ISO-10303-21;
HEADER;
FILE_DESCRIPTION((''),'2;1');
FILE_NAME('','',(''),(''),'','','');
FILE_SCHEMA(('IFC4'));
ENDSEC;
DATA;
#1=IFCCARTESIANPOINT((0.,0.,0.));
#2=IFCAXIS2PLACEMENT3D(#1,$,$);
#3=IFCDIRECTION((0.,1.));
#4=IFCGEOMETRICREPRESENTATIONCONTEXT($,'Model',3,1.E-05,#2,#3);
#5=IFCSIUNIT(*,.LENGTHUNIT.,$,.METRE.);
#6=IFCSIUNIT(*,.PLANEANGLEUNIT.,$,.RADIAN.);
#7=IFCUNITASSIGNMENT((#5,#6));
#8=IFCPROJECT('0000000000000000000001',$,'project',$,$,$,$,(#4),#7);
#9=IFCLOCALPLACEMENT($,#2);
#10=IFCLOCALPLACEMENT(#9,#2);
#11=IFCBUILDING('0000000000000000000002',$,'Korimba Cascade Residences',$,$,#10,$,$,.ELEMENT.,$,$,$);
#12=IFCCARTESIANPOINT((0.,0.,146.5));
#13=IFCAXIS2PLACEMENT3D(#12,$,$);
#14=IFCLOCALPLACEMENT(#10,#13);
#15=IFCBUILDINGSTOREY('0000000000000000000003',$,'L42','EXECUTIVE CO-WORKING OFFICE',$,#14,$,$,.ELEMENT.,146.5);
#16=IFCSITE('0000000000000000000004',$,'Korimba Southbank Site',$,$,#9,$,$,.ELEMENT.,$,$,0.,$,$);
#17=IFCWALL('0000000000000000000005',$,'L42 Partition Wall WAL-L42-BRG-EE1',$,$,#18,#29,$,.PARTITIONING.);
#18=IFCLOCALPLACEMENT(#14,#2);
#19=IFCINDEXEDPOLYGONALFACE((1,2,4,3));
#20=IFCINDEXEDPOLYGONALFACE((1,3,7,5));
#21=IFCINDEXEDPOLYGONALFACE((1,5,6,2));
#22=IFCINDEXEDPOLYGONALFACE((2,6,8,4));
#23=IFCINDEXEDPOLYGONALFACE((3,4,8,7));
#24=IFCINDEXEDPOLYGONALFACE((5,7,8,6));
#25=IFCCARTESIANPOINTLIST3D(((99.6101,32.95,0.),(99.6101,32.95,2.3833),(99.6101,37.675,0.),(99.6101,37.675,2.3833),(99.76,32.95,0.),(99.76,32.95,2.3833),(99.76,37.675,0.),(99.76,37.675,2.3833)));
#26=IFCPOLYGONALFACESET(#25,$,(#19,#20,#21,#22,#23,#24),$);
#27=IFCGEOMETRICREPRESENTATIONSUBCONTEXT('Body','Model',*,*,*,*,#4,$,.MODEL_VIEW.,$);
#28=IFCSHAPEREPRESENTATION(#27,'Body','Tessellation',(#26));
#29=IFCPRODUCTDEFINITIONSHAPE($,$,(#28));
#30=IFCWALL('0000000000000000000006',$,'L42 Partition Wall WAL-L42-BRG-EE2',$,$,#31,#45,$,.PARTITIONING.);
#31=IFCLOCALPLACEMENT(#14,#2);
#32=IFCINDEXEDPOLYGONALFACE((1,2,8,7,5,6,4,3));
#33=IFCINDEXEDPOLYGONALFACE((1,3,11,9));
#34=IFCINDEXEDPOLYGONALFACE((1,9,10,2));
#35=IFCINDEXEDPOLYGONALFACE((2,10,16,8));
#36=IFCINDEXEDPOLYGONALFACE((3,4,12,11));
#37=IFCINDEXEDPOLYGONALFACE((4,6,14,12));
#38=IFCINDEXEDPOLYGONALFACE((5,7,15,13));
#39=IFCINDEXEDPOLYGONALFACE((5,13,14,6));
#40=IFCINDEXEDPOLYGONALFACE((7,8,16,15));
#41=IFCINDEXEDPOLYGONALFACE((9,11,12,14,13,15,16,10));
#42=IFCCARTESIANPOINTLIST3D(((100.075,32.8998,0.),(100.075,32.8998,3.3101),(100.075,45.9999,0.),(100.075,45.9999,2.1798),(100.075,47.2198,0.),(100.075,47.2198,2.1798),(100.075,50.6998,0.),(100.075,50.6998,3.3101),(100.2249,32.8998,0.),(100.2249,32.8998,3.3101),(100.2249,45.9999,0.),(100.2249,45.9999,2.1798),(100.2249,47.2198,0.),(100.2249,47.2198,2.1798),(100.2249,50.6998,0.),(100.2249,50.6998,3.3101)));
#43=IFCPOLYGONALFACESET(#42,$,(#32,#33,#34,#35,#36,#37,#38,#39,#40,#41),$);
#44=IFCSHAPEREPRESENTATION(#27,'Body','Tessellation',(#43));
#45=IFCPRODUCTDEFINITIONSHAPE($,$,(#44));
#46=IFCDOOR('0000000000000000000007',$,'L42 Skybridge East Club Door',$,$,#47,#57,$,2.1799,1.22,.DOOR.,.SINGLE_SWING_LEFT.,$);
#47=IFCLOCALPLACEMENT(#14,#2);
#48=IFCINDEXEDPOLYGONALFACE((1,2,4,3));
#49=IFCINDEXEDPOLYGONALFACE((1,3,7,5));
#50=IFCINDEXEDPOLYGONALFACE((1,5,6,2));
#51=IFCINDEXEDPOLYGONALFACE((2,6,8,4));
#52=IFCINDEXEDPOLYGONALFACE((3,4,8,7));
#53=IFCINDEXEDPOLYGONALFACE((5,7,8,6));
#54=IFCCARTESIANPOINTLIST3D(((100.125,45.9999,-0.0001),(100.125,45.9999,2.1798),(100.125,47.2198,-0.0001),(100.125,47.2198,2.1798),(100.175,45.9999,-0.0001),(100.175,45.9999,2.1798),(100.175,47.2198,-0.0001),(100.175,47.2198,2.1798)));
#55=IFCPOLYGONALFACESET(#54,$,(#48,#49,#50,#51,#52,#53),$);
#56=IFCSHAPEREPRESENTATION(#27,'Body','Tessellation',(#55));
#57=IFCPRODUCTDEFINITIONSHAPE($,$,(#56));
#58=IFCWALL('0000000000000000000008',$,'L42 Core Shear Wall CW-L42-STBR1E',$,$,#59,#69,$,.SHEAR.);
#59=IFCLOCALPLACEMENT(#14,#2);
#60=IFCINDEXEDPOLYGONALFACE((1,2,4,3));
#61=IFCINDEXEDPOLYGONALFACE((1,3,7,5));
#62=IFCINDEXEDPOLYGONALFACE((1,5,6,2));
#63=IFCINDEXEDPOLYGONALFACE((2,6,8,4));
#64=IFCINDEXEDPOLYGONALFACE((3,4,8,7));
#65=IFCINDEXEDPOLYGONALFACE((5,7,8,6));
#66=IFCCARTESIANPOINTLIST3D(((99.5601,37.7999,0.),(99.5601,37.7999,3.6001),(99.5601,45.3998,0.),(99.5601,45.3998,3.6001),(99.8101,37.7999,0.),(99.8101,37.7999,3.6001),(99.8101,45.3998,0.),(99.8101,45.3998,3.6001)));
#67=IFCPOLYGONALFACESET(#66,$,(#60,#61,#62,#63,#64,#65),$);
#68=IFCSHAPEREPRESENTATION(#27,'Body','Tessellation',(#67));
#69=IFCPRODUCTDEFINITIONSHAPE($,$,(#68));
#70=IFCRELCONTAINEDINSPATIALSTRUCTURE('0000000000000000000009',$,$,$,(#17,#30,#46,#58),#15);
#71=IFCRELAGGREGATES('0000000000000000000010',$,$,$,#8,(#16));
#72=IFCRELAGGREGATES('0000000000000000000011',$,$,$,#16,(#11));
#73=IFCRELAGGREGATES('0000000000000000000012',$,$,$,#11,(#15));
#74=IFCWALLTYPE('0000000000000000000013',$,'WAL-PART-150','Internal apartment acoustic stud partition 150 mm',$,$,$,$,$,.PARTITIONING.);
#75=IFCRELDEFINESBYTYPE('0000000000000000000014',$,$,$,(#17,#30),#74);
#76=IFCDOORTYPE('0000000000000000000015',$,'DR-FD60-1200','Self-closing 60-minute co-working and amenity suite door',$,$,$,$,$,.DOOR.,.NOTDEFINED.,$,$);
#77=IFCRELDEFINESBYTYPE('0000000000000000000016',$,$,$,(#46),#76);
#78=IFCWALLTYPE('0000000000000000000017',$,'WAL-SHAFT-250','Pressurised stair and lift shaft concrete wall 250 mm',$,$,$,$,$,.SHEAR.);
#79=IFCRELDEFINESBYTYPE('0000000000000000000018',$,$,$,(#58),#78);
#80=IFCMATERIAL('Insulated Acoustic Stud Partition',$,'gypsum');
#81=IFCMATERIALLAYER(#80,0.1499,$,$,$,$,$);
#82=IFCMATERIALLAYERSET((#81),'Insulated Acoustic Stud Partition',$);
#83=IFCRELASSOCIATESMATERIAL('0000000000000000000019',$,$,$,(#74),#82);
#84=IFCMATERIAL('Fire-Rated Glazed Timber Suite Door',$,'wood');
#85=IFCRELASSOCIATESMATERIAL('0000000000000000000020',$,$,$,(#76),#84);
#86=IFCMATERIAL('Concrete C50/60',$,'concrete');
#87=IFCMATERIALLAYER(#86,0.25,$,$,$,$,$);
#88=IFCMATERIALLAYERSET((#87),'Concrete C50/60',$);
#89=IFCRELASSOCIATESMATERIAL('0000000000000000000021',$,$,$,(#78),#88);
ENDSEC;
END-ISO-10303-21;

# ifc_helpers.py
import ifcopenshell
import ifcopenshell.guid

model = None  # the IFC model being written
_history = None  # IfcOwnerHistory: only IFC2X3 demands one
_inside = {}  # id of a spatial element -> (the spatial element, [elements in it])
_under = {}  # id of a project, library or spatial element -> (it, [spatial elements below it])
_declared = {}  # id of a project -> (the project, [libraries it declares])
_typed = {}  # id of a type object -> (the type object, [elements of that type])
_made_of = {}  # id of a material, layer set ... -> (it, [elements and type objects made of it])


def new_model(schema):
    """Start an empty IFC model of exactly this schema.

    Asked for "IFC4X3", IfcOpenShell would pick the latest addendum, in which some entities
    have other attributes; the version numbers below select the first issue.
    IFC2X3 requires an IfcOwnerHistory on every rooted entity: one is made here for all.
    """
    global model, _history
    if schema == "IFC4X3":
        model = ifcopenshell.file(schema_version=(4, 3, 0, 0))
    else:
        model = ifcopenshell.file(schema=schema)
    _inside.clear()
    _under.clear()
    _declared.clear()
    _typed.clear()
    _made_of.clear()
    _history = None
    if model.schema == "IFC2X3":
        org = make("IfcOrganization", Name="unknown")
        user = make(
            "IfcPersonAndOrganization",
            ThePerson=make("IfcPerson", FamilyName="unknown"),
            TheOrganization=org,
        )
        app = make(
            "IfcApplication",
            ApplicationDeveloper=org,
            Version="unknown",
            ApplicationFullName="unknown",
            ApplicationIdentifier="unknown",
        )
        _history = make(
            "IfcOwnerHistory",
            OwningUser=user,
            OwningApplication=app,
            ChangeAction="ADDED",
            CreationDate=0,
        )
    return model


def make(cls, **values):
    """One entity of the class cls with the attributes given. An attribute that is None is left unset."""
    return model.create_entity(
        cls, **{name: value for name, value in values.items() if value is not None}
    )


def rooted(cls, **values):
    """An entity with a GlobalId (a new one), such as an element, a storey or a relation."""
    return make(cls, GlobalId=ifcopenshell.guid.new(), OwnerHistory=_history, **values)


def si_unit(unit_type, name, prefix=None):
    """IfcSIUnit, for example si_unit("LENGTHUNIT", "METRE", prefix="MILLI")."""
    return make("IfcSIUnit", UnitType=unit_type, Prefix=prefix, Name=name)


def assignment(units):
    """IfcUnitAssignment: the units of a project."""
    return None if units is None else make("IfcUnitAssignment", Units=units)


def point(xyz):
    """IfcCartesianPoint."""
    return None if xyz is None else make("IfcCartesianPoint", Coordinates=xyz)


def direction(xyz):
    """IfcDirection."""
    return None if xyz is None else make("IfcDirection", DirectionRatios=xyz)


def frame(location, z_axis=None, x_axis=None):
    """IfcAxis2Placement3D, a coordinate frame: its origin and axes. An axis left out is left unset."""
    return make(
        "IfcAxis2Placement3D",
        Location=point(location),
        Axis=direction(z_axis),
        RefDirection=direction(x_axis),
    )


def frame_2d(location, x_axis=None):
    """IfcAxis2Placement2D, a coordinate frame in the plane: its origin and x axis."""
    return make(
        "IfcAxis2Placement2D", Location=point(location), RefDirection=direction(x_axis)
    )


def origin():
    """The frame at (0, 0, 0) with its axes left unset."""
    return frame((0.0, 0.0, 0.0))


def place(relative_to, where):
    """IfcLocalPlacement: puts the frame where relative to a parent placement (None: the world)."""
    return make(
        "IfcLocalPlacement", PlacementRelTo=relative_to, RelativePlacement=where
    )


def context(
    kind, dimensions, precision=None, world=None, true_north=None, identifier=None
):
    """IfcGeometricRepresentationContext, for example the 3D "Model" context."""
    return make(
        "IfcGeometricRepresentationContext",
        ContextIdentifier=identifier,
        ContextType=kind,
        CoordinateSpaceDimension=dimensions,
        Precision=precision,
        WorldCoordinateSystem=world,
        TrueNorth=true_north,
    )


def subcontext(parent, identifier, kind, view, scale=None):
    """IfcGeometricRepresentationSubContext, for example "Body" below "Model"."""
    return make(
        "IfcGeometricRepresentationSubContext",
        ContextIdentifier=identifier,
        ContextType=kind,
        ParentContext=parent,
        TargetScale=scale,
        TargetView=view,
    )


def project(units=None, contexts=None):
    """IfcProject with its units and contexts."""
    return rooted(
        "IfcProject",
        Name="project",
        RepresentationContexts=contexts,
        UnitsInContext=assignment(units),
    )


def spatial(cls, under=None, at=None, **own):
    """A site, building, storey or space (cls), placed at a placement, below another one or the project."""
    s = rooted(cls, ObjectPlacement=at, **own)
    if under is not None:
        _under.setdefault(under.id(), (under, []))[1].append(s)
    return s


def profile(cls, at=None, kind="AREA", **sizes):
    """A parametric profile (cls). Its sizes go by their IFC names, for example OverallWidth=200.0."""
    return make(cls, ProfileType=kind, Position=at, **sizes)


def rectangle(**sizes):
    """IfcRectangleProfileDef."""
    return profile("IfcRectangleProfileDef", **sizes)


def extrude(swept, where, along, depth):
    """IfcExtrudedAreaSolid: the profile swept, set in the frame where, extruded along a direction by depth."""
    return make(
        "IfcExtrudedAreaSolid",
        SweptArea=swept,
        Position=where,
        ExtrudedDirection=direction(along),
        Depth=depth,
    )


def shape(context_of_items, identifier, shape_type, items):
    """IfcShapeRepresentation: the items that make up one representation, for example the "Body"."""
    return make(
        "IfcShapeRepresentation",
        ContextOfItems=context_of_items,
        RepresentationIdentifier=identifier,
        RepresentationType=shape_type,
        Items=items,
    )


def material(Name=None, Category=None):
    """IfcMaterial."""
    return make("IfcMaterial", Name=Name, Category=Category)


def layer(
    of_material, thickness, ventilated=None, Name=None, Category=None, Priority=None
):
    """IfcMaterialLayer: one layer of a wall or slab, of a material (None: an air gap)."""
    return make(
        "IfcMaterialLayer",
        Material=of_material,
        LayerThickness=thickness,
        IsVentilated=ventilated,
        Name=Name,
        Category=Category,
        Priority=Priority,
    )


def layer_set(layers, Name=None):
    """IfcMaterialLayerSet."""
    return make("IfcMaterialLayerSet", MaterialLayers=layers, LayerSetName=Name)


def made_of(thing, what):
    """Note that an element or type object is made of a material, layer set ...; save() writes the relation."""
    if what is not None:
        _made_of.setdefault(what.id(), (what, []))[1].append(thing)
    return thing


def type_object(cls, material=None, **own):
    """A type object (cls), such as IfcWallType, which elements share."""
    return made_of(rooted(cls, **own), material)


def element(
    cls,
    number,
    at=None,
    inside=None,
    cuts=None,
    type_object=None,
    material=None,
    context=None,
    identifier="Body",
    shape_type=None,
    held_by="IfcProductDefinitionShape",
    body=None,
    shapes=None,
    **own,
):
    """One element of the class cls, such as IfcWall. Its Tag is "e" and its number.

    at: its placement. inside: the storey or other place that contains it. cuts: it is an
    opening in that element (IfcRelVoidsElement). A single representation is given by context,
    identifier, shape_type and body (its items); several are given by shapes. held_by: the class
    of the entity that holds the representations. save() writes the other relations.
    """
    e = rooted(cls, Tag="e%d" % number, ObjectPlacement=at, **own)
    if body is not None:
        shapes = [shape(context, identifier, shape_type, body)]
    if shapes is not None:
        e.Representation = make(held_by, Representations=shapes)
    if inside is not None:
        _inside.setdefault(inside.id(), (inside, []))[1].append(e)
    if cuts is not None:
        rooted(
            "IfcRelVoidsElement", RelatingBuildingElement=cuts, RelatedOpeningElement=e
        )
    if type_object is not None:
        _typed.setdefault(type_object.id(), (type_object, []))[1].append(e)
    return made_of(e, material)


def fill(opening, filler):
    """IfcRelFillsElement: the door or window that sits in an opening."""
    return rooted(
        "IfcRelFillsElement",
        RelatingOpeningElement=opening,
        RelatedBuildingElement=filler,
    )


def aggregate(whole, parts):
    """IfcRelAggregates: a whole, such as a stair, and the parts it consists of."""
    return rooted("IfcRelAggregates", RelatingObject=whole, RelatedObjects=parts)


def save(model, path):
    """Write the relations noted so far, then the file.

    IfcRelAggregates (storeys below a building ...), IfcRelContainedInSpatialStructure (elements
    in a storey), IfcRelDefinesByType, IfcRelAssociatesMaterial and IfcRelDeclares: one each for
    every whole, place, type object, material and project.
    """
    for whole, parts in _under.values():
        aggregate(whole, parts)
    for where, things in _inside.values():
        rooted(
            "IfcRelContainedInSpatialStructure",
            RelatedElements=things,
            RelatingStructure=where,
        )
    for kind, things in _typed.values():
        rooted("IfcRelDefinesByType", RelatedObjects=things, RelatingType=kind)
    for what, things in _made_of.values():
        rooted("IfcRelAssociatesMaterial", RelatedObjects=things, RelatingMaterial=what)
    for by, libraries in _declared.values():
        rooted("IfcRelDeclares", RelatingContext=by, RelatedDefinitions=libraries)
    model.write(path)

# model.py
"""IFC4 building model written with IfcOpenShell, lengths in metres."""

from ifc_helpers import new_model, si_unit, direction, frame, frame_2d, origin, place, context, subcontext, project, spatial, rectangle, extrude, material, layer, layer_set, type_object, element, fill, save


model = new_model("IFC4")

# Units and contexts
model_context = context("Model", 3, precision=1e-05, world=origin(), true_north=direction((0.0, 1.0)))
body_context = subcontext(model_context, "Body", "Model", "MODEL_VIEW")
ifc_project = project(units=[si_unit("LENGTHUNIT", "METRE"), si_unit("PLANEANGLEUNIT", "RADIAN")], contexts=[model_context])

# Site, building, storey
site_placement = place(None, origin())
site = spatial("IfcSite", under=ifc_project, at=site_placement, Name="Korimba Southbank Site", CompositionType="ELEMENT", RefElevation=0.0)
building_placement = place(site_placement, origin())
building = spatial("IfcBuilding", under=site, at=building_placement, Name="Korimba Cascade Residences", CompositionType="ELEMENT")
storey_placement = place(building_placement, frame((0.0, 0.0, 146.5)))
storey = spatial("IfcBuildingStorey", under=building, at=storey_placement, Name="L42", Description="EXECUTIVE CO-WORKING OFFICE", CompositionType="ELEMENT", Elevation=146.5)

# Wall
ifc_material_1 = material(Name="Insulated Acoustic Stud Partition", Category="gypsum")
ifc_layer_1 = layer(ifc_material_1, 0.1499)
ifc_layer_set_1 = layer_set([ifc_layer_1], Name="Insulated Acoustic Stud Partition")
wall_type_1 = type_object("IfcWallType", Name="WAL-PART-150", Description="Internal apartment acoustic stud partition 150 mm", PredefinedType="PARTITIONING", material=ifc_layer_set_1)
wall_1_placement = place(storey_placement, frame((99.6851, 32.95, 0.0), z_axis=(0.0, 0.0, 1.0), x_axis=(0.0, 1.0, 0.0)))
element("IfcWall", 1, at=wall_1_placement, inside=storey, type_object=wall_type_1, Name="L42 Partition Wall WAL-L42-BRG-EE1", PredefinedType="PARTITIONING", context=body_context, shape_type="SweptSolid", body=[
    extrude(rectangle(XDim=4.7251, YDim=0.1499, at=frame_2d((2.3625, 0.0))), origin(), (0.0, 0.0, 1.0), 2.3833),
])

# Wall, opening, door
wall_2_placement = place(storey_placement, frame((100.1499, 32.8999, 0.0), z_axis=(0.0, 0.0, 1.0), x_axis=(0.0, 1.0, 0.0)))
wall_2 = element("IfcWall", 2, at=wall_2_placement, inside=storey, type_object=wall_type_1, Name="L42 Partition Wall WAL-L42-BRG-EE2", PredefinedType="PARTITIONING", context=body_context, shape_type="SweptSolid", body=[
    extrude(rectangle(XDim=17.8, YDim=0.1499, at=frame_2d((8.8999, 0.0))), origin(), (0.0, 0.0, 1.0), 3.3101),
])
opening_placement = place(wall_2_placement, frame((13.1001, 0.0, 0.0)))
opening = element("IfcOpeningElement", 3, at=opening_placement, cuts=wall_2, PredefinedType="OPENING", context=body_context, shape_type="SweptSolid", body=[
    extrude(rectangle(XDim=1.22, YDim=2.1799, at=frame_2d((0.6099, 1.0898))), frame((0.0, 0.085, 0.0), z_axis=(0.0, -1.0, 0.0), x_axis=(1.0, 0.0, 0.0)), (0.0, 0.0, 1.0), 0.1699),
])
ifc_material_2 = material(Name="Fire-Rated Glazed Timber Suite Door", Category="wood")
door_type = type_object("IfcDoorType", Name="DR-FD60-1200", Description="Self-closing 60-minute co-working and amenity suite door", OperationType="NOTDEFINED", PredefinedType="DOOR", material=ifc_material_2)
door_placement = place(opening_placement, origin())
door = element("IfcDoor", 4, at=door_placement, inside=storey, type_object=door_type, Name="L42 Skybridge East Club Door", OperationType="SINGLE_SWING_LEFT", OverallHeight=2.1799, OverallWidth=1.22, PredefinedType="DOOR", context=body_context, shape_type="SweptSolid", body=[
    extrude(rectangle(XDim=1.22, YDim=2.1799, at=frame_2d((0.6099, 1.0898))), frame((0.0, 0.0249, 0.0), z_axis=(0.0, -1.0, 0.0), x_axis=(1.0, 0.0, 0.0)), (0.0, 0.0, 1.0), 0.05),
])
fill(opening, door)

# Wall
ifc_material_3 = material(Name="Concrete C50/60", Category="concrete")
ifc_layer_2 = layer(ifc_material_3, 0.25)
ifc_layer_set_2 = layer_set([ifc_layer_2], Name="Concrete C50/60")
wall_type_2 = type_object("IfcWallType", Name="WAL-SHAFT-250", Description="Pressurised stair and lift shaft concrete wall 250 mm", PredefinedType="SHEAR", material=ifc_layer_set_2)
wall_3_placement = place(storey_placement, frame((99.6851, 37.8, 0.0), z_axis=(0.0, 0.0, 1.0), x_axis=(0.0, 1.0, 0.0)))
element("IfcWall", 5, at=wall_3_placement, inside=storey, type_object=wall_type_2, Name="L42 Core Shear Wall CW-L42-STBR1E", PredefinedType="SHEAR", context=body_context, shape_type="SweptSolid", body=[
    extrude(rectangle(XDim=7.5999, YDim=0.25, at=frame_2d((3.7998, 0.0))), origin(), (0.0, 0.0, 1.0), 3.6001),
])

save(model, "model.ifc")
